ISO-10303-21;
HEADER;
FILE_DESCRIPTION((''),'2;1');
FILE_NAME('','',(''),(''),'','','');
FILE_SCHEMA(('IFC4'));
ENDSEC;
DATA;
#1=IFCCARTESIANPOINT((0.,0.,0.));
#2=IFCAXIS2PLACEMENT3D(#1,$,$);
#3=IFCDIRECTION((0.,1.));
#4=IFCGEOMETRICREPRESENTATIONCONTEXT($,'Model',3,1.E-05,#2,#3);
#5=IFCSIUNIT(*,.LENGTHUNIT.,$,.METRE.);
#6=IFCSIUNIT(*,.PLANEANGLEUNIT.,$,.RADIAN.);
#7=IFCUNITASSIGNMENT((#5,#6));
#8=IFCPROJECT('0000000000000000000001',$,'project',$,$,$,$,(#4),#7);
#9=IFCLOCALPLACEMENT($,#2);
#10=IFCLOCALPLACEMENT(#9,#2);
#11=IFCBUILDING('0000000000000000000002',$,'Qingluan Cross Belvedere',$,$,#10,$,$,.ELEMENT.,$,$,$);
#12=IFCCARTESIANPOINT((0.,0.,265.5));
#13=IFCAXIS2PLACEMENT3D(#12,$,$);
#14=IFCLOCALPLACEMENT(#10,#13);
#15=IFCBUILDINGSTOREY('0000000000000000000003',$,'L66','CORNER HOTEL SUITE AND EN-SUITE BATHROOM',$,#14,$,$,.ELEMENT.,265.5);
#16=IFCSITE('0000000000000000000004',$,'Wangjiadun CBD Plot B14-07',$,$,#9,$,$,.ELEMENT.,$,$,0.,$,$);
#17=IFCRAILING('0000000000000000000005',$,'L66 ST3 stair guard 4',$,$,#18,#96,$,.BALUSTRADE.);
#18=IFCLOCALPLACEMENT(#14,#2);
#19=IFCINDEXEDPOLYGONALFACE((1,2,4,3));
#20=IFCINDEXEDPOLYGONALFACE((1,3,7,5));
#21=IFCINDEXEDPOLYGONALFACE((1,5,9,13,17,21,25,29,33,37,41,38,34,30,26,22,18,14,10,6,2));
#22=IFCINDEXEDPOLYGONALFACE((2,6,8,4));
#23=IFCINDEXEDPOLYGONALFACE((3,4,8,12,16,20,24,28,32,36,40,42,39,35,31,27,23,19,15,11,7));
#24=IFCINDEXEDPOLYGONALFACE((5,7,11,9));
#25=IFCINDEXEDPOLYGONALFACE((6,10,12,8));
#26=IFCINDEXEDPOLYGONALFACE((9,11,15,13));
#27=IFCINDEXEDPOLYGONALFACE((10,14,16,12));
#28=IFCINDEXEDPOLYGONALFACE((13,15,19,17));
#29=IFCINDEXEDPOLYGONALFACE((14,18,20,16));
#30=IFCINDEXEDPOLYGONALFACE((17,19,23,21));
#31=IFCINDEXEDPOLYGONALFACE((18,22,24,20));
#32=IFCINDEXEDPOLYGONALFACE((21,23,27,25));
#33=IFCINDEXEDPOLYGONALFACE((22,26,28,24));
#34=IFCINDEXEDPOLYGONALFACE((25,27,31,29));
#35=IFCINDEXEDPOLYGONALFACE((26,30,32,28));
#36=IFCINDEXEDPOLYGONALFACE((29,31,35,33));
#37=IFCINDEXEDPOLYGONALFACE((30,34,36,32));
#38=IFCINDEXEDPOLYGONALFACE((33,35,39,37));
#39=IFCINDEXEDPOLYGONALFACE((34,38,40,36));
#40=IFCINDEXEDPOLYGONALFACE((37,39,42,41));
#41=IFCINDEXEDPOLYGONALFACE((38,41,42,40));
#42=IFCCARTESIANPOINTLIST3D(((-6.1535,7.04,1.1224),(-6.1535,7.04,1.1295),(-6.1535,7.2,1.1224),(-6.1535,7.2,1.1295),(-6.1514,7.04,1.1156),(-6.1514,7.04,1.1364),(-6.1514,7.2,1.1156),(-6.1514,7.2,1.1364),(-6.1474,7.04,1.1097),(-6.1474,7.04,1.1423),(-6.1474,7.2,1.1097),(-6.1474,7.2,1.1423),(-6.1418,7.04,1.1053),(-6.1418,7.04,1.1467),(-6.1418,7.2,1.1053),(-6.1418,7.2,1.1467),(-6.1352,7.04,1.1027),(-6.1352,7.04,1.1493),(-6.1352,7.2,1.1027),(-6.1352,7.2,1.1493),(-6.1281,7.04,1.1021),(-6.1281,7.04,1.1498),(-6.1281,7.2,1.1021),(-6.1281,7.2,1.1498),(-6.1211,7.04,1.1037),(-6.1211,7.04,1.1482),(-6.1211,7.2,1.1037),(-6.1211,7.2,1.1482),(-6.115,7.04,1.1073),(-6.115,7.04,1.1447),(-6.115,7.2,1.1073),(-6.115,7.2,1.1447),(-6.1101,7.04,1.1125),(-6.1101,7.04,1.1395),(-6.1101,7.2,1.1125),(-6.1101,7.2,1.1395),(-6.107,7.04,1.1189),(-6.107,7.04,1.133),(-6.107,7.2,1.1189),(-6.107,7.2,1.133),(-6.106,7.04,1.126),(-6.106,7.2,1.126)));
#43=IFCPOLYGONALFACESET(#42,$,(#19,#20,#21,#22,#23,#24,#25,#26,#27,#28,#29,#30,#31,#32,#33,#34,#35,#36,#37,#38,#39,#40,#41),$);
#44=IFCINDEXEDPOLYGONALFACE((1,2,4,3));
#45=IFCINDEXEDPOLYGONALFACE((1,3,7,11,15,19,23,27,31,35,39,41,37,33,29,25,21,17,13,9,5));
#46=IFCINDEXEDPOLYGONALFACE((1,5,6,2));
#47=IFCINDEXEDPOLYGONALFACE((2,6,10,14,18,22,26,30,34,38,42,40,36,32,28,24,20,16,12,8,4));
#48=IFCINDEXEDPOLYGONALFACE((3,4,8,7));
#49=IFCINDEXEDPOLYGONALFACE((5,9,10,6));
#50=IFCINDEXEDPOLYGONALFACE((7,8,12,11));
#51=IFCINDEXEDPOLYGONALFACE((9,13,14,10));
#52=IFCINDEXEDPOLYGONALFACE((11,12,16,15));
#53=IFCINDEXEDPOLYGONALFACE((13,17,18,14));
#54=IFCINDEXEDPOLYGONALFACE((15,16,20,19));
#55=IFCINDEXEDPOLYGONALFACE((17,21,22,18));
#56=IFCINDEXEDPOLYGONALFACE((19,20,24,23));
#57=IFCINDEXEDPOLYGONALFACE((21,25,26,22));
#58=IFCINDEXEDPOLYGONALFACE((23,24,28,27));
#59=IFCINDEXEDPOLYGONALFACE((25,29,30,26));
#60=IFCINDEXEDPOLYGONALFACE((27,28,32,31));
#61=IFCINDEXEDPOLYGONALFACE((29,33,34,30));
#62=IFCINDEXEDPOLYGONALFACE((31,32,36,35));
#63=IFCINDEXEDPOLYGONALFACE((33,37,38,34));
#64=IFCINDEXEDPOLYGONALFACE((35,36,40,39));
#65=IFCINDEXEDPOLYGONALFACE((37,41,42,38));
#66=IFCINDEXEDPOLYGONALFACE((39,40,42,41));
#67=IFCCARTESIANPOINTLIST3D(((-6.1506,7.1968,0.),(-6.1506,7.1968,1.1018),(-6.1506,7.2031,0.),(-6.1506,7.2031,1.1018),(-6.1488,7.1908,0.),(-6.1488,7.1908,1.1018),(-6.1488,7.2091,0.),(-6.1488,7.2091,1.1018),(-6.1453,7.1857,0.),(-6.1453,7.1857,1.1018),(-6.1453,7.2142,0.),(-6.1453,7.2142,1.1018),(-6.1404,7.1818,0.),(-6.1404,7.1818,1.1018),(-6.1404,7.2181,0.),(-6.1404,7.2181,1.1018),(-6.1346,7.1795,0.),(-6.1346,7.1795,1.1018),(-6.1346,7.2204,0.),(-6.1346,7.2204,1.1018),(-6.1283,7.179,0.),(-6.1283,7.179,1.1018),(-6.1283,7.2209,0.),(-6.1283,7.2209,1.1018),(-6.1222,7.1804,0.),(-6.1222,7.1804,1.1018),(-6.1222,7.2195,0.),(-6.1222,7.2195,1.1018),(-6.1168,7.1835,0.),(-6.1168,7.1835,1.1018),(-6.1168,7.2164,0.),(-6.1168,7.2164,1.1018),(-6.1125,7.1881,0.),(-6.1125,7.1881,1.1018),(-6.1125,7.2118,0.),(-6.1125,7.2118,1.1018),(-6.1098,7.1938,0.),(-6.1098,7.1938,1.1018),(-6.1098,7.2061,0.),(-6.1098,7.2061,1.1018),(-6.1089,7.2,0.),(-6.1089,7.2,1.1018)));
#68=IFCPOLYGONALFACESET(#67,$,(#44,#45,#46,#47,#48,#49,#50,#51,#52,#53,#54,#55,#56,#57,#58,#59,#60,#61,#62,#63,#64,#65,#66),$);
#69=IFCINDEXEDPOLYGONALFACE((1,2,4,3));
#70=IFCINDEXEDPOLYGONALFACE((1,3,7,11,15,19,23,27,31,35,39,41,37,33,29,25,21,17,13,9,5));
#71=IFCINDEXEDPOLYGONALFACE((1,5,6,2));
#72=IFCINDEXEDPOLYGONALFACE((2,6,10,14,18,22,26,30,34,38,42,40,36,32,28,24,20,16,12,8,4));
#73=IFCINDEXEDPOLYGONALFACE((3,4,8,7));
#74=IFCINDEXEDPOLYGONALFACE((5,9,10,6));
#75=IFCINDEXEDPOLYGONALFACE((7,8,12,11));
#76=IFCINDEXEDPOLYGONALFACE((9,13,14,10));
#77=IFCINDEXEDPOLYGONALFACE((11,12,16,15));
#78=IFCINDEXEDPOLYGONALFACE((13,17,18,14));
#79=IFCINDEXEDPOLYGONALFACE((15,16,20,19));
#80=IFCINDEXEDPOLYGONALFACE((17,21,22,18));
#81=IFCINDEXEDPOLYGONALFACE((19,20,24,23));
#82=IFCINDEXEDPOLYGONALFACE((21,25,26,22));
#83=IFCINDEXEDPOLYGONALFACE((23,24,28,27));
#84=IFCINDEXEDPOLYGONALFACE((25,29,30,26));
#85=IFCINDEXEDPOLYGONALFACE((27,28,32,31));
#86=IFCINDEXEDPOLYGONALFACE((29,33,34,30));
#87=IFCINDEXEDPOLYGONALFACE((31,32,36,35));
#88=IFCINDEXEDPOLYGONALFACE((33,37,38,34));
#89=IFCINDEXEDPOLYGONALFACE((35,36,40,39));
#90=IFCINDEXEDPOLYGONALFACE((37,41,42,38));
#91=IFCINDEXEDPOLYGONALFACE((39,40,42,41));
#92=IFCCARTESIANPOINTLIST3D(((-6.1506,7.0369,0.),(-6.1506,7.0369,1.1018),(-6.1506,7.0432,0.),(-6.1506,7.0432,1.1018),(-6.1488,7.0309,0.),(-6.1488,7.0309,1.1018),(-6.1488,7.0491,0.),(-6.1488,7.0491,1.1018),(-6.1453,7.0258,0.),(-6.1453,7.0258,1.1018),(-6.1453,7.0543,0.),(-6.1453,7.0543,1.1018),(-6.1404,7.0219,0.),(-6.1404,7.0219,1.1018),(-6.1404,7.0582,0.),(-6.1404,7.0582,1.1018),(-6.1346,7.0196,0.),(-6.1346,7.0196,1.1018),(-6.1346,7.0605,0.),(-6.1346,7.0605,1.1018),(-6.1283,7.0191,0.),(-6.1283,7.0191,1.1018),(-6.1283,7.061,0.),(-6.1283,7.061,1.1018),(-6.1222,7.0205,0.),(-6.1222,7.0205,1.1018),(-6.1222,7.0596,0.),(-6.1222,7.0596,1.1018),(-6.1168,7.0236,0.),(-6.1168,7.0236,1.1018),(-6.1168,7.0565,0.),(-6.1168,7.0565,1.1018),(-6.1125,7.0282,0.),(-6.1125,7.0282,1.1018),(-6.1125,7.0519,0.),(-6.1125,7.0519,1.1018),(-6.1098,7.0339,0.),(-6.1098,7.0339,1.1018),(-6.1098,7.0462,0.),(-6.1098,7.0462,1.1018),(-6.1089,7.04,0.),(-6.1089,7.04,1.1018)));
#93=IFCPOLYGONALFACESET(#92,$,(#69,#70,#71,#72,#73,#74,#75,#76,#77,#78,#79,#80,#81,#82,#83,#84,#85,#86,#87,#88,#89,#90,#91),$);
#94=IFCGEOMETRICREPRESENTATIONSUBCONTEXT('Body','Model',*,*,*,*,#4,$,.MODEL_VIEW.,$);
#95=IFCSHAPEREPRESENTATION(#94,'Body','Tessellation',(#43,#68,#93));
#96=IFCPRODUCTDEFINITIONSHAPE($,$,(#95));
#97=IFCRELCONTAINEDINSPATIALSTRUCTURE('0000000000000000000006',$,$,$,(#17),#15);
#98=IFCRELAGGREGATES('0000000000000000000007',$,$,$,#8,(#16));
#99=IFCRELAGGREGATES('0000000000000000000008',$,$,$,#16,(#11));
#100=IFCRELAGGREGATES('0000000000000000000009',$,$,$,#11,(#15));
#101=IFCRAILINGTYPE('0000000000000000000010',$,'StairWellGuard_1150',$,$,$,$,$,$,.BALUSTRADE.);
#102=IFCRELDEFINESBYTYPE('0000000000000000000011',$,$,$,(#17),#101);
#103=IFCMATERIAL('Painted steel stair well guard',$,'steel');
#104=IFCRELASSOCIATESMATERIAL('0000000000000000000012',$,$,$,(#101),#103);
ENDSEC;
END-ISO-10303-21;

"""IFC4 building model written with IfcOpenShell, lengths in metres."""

from ifc_helpers import new_model, si_unit, direction, frame, origin, origin_2d, place, context, subcontext, project, spatial, circle, extrude, material, type_object, element, save


model = new_model("IFC4")

# Units and contexts
model_context = context("Model", 3, precision=1e-05, world=origin(), true_north=direction((0.0, 1.0)))
body_context = subcontext(model_context, "Body", "Model", "MODEL_VIEW")
ifc_project = project(units=[si_unit("LENGTHUNIT", "METRE"), si_unit("PLANEANGLEUNIT", "RADIAN")], contexts=[model_context])

# Site, building, storey
site_placement = place(None, origin())
site = spatial("IfcSite", under=ifc_project, at=site_placement, Name="Wangjiadun CBD Plot B14-07", CompositionType="ELEMENT", RefElevation=0.0)
building_placement = place(site_placement, origin())
building = spatial("IfcBuilding", under=site, at=building_placement, Name="Qingluan Cross Belvedere", CompositionType="ELEMENT")
storey_placement = place(building_placement, frame((0.0, 0.0, 265.5)))
storey = spatial("IfcBuildingStorey", under=building, at=storey_placement, Name="L66", Description="CORNER HOTEL SUITE AND EN-SUITE BATHROOM", CompositionType="ELEMENT", Elevation=265.5)

# Railing
ifc_material_1 = material(Name="Painted steel stair well guard", Category="steel")
railing_type_1 = type_object("IfcRailingType", Name="StairWellGuard_1150", PredefinedType="BALUSTRADE", material=ifc_material_1)
railing_1_placement = place(storey_placement, frame((-6.1299, 7.2, 0.0)))
element("IfcRailing", 1, at=railing_1_placement, inside=storey, type_object=railing_type_1, Name="L66 ST3 stair guard 4", PredefinedType="BALUSTRADE", context=body_context, shape_type="SweptSolid", body=[
    extrude(circle(Radius=0.0239, at=origin_2d()), frame((0.0, 0.0, 1.126), z_axis=(0.0, -1.0, 0.0), x_axis=(1.0, 0.0, 0.0)), (0.0, 0.0, 1.0), 0.1599),
    extrude(circle(Radius=0.021, at=origin_2d()), origin(), (0.0, 0.0, 1.0), 1.1018),
    extrude(circle(Radius=0.021, at=origin_2d()), frame((0.0, -0.1599, 0.0)), (0.0, 0.0, 1.0), 1.1018),
])

save(model, "model.ifc")
